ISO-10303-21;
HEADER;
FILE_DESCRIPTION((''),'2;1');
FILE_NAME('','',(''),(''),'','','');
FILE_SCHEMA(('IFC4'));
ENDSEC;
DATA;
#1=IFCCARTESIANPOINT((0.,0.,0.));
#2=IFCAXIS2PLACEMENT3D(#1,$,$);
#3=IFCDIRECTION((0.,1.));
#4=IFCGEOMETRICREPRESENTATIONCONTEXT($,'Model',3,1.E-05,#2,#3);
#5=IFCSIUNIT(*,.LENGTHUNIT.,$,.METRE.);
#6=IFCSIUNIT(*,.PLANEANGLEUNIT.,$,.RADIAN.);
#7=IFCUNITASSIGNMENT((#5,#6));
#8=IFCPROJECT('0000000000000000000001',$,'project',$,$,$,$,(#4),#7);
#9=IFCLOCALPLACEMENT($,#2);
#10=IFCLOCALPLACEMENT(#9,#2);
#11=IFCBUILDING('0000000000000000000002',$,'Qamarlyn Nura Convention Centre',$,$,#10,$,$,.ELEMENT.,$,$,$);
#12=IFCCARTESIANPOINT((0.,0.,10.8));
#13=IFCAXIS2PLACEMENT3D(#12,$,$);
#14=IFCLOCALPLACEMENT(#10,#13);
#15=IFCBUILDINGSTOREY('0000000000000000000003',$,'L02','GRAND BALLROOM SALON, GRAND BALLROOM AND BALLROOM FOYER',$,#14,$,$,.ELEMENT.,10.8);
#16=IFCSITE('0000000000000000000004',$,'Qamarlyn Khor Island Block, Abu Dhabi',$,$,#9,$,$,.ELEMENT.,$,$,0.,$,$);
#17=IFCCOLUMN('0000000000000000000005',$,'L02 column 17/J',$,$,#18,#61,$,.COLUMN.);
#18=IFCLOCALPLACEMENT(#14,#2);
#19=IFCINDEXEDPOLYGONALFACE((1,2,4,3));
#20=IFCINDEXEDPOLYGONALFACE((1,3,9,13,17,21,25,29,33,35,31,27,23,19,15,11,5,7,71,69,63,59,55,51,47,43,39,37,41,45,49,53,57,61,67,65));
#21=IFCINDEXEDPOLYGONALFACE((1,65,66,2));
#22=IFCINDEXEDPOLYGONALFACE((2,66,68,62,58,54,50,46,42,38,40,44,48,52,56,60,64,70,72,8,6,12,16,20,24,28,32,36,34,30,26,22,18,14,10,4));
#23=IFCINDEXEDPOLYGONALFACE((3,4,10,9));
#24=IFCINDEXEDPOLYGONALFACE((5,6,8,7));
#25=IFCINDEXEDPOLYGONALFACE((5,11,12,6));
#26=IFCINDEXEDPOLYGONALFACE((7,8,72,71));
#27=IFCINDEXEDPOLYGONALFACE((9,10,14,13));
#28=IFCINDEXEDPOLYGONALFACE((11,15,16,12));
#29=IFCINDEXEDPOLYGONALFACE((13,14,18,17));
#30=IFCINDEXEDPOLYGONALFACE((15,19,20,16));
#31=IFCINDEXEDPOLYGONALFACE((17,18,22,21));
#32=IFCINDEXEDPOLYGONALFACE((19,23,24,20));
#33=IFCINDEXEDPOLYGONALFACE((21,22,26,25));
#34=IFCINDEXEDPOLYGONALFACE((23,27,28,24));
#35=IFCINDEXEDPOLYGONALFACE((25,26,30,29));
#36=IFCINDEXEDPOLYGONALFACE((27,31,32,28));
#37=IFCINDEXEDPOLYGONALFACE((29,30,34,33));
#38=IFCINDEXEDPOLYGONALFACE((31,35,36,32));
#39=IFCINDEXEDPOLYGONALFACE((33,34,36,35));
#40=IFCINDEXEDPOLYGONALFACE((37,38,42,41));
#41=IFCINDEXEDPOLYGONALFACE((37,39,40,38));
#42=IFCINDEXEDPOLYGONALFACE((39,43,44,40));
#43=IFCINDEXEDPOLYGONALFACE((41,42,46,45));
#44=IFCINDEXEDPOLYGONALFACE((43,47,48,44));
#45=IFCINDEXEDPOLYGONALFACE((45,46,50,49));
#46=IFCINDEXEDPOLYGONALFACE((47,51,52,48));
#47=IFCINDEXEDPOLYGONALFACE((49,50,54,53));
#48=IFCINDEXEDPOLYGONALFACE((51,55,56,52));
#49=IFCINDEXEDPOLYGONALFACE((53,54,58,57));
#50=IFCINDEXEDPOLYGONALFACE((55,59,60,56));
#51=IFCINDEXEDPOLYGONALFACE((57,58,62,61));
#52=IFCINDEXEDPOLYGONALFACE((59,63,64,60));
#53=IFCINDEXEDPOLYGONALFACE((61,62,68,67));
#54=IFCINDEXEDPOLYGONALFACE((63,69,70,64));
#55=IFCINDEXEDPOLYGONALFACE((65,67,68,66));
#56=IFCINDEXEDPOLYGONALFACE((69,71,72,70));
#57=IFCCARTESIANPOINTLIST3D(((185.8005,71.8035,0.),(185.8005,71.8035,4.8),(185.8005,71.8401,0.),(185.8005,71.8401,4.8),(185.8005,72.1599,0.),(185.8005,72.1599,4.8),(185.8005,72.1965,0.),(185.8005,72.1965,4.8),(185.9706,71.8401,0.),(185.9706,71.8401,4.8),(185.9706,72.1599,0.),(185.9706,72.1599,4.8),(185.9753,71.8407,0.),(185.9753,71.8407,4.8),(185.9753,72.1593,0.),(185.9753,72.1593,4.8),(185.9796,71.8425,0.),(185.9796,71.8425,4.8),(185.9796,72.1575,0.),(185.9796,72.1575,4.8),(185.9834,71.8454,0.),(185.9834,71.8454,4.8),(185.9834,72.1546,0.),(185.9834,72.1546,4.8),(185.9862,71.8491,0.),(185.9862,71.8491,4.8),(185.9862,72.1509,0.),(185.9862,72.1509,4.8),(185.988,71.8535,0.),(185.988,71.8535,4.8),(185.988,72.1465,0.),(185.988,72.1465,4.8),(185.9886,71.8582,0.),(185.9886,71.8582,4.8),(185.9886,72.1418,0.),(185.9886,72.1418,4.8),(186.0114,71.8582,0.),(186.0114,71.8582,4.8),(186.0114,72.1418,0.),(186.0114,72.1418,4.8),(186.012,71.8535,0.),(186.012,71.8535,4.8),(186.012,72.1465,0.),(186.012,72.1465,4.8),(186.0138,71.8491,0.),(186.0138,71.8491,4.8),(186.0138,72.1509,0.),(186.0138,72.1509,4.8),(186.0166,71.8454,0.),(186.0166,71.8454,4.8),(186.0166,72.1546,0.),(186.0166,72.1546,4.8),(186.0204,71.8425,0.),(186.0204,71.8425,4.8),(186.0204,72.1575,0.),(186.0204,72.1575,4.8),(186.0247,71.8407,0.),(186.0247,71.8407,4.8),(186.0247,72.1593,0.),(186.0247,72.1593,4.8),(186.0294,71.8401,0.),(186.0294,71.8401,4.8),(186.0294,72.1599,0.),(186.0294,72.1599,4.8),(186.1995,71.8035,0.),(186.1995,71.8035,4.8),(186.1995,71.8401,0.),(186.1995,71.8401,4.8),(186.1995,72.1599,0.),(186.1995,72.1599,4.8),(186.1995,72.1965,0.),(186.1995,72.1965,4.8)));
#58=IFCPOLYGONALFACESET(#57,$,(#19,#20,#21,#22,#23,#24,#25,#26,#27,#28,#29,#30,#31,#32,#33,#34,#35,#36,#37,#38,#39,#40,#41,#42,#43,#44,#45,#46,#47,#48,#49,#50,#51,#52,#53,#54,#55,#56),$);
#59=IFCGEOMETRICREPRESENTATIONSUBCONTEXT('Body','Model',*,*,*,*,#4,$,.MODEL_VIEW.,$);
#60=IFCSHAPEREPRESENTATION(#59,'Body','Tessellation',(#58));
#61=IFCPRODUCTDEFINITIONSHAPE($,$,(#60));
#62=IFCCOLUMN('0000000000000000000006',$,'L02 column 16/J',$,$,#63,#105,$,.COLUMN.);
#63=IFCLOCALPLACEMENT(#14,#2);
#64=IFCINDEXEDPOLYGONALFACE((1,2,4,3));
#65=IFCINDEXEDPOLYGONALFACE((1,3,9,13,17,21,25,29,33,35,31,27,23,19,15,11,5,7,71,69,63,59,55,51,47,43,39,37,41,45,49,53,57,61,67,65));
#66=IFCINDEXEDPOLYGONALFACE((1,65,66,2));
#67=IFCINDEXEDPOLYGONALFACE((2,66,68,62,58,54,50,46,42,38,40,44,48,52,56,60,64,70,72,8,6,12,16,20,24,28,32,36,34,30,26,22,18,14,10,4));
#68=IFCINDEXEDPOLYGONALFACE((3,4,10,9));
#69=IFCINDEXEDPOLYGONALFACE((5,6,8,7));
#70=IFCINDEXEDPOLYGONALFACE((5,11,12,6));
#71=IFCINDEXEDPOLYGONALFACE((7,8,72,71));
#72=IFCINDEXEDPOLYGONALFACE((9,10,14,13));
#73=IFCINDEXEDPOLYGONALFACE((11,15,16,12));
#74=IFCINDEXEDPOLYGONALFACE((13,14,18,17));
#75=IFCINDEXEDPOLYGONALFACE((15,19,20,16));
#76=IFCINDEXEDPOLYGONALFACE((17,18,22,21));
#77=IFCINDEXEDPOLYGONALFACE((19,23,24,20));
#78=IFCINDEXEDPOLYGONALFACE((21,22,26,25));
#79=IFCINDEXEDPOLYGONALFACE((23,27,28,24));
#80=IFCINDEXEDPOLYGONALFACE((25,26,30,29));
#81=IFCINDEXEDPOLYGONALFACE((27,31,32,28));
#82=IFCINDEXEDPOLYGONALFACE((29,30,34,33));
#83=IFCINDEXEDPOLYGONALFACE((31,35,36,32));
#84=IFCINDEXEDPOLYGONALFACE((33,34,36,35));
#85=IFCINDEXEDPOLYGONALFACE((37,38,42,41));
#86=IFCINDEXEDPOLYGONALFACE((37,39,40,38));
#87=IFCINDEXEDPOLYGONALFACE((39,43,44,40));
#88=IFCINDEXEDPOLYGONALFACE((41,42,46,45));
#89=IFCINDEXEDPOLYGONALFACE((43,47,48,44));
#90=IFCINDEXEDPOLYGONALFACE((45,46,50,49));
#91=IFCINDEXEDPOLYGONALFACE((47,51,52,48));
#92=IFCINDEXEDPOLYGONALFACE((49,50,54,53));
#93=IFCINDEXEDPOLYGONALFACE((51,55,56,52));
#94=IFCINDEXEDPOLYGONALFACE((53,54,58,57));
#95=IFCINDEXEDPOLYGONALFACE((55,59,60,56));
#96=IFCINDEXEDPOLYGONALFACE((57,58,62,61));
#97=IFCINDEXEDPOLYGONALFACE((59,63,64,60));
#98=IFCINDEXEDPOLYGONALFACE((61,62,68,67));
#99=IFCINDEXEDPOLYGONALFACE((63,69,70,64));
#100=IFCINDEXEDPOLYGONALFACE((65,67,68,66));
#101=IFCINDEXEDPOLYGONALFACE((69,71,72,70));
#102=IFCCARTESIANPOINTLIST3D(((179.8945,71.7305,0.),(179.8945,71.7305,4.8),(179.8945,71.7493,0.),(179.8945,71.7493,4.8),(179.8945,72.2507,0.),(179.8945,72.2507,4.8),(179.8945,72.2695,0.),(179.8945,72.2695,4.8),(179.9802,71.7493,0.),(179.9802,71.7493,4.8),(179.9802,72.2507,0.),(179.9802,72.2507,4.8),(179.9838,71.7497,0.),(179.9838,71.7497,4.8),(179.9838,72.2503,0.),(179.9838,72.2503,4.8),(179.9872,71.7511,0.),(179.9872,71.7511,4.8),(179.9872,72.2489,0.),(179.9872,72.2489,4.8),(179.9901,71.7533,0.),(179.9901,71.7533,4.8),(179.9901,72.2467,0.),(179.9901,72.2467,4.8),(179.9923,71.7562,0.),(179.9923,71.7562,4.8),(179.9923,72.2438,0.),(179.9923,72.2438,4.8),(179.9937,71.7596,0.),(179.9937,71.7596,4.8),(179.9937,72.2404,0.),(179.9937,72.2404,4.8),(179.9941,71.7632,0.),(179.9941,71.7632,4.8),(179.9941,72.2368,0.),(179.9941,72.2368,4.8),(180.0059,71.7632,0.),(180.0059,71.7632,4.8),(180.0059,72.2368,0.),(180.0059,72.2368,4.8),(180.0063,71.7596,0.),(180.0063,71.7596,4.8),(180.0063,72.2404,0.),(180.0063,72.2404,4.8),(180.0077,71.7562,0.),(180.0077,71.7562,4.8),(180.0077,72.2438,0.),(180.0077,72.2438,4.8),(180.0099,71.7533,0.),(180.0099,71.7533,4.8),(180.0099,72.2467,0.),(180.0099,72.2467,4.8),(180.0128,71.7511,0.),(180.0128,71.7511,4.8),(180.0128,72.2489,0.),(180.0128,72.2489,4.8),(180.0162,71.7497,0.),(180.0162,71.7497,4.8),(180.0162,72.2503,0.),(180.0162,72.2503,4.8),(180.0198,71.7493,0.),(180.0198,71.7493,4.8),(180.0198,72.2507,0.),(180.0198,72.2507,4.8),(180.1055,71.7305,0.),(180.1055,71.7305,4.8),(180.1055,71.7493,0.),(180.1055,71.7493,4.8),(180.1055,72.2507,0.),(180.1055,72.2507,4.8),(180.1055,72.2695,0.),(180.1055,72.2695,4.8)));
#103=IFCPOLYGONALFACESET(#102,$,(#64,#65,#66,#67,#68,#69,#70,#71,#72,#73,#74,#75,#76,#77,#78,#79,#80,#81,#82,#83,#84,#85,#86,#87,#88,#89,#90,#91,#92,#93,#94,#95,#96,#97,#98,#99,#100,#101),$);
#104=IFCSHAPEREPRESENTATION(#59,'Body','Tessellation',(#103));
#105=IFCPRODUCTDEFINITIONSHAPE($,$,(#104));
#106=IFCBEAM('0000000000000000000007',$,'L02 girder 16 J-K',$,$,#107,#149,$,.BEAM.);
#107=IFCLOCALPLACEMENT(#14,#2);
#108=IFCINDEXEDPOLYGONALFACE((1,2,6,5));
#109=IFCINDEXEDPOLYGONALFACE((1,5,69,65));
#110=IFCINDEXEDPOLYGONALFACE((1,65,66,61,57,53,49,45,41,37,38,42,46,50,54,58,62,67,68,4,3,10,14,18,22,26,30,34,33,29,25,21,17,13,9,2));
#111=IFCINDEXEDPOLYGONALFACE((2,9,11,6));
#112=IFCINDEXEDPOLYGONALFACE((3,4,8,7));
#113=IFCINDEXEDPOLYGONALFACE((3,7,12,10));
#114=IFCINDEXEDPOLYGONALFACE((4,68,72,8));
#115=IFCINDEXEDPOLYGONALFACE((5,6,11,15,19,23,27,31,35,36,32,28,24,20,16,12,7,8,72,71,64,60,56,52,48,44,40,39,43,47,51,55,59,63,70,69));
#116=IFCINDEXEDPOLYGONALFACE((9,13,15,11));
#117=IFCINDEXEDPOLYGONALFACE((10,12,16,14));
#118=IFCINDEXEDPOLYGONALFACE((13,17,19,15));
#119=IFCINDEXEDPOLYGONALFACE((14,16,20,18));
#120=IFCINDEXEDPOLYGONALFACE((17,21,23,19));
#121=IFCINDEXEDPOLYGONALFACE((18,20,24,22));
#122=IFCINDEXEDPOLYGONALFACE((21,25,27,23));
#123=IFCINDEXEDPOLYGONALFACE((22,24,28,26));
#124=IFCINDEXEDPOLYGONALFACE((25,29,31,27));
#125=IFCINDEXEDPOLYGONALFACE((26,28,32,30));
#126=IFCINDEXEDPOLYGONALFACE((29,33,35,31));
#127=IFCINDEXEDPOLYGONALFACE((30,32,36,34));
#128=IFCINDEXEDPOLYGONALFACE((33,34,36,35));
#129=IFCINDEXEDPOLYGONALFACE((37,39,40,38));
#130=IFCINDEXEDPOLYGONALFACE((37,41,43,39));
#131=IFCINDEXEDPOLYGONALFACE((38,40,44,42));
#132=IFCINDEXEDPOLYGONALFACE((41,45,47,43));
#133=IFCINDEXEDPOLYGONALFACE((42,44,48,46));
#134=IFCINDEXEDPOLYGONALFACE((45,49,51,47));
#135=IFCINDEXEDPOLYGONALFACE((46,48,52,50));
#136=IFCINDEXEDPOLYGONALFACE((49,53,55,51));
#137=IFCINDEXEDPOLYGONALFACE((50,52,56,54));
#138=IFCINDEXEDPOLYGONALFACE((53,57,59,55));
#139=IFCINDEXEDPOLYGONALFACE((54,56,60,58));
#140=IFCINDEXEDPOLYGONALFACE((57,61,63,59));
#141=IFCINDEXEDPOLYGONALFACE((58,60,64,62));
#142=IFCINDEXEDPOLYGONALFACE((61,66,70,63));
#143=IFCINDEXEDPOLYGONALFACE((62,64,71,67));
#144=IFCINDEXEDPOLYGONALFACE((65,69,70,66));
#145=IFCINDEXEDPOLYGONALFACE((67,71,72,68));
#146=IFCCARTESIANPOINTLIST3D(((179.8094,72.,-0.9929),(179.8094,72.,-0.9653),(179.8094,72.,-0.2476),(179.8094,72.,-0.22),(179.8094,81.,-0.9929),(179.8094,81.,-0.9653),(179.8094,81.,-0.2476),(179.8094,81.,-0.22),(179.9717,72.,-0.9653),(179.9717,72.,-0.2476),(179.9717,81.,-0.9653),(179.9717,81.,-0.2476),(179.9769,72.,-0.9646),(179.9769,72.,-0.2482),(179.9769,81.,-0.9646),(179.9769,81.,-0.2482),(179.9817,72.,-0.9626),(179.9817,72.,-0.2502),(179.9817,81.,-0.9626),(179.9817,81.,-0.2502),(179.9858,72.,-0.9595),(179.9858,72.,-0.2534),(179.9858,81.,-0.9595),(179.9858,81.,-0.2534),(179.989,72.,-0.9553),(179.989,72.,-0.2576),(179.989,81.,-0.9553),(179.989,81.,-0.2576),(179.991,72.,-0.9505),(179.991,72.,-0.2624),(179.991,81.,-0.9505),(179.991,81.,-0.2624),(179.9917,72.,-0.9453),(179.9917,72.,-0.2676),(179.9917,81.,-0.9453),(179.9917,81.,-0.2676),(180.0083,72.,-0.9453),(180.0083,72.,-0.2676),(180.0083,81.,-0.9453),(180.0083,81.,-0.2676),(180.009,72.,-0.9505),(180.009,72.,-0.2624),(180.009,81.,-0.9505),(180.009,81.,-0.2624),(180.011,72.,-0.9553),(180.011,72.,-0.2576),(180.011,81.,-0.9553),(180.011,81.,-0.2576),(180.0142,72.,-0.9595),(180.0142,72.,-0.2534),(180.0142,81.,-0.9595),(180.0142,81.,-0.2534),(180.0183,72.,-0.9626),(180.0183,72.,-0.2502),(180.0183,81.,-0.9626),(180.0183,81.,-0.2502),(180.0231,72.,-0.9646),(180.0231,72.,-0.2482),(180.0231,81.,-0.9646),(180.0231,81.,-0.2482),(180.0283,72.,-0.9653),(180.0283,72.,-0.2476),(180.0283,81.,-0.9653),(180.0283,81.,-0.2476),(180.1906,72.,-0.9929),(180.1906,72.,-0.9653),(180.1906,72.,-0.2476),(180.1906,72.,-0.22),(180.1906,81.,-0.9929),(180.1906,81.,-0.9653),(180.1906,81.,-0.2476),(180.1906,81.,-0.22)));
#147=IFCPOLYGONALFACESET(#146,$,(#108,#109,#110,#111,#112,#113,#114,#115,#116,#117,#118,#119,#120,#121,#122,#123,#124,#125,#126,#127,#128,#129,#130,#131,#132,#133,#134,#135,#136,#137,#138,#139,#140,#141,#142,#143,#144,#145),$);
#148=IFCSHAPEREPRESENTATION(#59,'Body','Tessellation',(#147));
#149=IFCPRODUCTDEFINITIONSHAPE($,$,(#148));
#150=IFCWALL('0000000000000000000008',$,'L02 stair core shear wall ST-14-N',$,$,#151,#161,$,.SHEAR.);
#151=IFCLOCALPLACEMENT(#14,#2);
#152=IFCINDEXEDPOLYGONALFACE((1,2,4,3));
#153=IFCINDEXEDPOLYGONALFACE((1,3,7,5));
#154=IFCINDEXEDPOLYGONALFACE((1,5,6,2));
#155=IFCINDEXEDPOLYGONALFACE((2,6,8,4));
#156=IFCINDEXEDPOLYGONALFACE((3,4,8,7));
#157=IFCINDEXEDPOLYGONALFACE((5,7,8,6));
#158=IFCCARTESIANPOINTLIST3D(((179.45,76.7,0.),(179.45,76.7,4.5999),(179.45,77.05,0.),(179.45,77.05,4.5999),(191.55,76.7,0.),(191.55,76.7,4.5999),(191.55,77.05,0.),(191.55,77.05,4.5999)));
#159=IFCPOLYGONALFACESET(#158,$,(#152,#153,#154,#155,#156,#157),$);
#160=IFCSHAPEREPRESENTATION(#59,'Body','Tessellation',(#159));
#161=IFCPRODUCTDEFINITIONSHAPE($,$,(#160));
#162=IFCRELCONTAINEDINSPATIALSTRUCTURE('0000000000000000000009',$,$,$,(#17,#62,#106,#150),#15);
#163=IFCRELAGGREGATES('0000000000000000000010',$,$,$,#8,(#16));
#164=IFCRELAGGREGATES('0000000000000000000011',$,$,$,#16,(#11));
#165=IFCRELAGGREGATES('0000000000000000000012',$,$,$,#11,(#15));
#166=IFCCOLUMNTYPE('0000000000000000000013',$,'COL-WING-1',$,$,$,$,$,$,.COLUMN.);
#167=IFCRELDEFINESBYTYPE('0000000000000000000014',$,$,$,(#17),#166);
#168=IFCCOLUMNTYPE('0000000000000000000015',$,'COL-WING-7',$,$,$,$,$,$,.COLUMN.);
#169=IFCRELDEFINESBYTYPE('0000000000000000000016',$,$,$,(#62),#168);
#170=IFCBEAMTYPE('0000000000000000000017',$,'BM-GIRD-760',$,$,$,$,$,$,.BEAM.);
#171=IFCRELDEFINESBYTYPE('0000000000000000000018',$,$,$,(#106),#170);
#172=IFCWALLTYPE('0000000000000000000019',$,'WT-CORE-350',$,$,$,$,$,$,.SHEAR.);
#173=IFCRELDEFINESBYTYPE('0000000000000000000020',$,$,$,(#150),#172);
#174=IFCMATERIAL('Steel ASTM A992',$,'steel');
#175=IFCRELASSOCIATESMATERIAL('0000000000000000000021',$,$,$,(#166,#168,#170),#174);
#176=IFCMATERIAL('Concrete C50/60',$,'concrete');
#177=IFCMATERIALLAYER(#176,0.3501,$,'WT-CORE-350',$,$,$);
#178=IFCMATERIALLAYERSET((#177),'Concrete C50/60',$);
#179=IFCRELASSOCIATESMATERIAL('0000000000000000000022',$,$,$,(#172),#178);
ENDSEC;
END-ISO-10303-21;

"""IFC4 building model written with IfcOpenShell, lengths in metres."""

from ifc_helpers import new_model, si_unit, direction, frame, frame_2d, origin, origin_2d, place, context, subcontext, project, spatial, rectangle, i_section, extrude, material, layer, layer_set, material_profile, profile_set, type_object, element, save


model = new_model("IFC4")

# Units and contexts
model_context = context("Model", 3, precision=1e-05, world=origin(), true_north=direction((0.0, 1.0)))
body_context = subcontext(model_context, "Body", "Model", "MODEL_VIEW")
ifc_project = project(units=[si_unit("LENGTHUNIT", "METRE"), si_unit("PLANEANGLEUNIT", "RADIAN")], contexts=[model_context])

# Site, building, storey
site_placement = place(None, origin())
site = spatial("IfcSite", under=ifc_project, at=site_placement, Name="Qamarlyn Khor Island Block, Abu Dhabi", CompositionType="ELEMENT", RefElevation=0.0)
building_placement = place(site_placement, origin())
building = spatial("IfcBuilding", under=site, at=building_placement, Name="Qamarlyn Nura Convention Centre", CompositionType="ELEMENT")
storey_placement = place(building_placement, frame((0.0, 0.0, 10.8)))
storey = spatial("IfcBuildingStorey", under=building, at=storey_placement, Name="L02", Description="GRAND BALLROOM SALON, GRAND BALLROOM AND BALLROOM FOYER", CompositionType="ELEMENT", Elevation=10.8)

# Columns
ifc_material_1 = material(Name="Steel ASTM A992", Category="steel")
ifc_material_profile_1 = material_profile(ifc_material_1, i_section(OverallWidth=0.3989, OverallDepth=0.3931, WebThickness=0.0227, FlangeThickness=0.0366, FilletRadius=0.0181, at=origin_2d()), Name="W360X287")
ifc_profile_set_1 = profile_set([ifc_material_profile_1], Name="Steel ASTM A992")
column_type_1 = type_object("IfcColumnType", Name="COL-WING-1", PredefinedType="COLUMN", material=ifc_profile_set_1)
column_1_placement = place(storey_placement, frame((186.0, 72.0, 0.0), z_axis=(0.0, 0.0, 1.0), x_axis=(1.0, 0.0, 0.0)))
element("IfcColumn", 1, at=column_1_placement, inside=storey, type_object=column_type_1, Name="L02 column 17/J", PredefinedType="COLUMN", context=body_context, shape_type="SweptSolid", body=[
    extrude(i_section(OverallWidth=0.3989, OverallDepth=0.3931, WebThickness=0.0227, FlangeThickness=0.0366, FilletRadius=0.0181, at=origin_2d()), origin(), (0.0, 0.0, 1.0), 4.8),
])
ifc_material_profile_2 = material_profile(ifc_material_1, i_section(OverallWidth=0.2109, OverallDepth=0.5391, WebThickness=0.0117, FlangeThickness=0.0188, FilletRadius=0.0139, at=origin_2d()), Name="W530X109")
ifc_profile_set_2 = profile_set([ifc_material_profile_2], Name="Steel ASTM A992")
column_type_2 = type_object("IfcColumnType", Name="COL-WING-7", PredefinedType="COLUMN", material=ifc_profile_set_2)
column_2_placement = place(storey_placement, frame((180.0, 72.0, 0.0), z_axis=(0.0, 0.0, 1.0), x_axis=(1.0, 0.0, 0.0)))
element("IfcColumn", 2, at=column_2_placement, inside=storey, type_object=column_type_2, Name="L02 column 16/J", PredefinedType="COLUMN", context=body_context, shape_type="SweptSolid", body=[
    extrude(i_section(OverallWidth=0.2109, OverallDepth=0.5391, WebThickness=0.0117, FlangeThickness=0.0188, FilletRadius=0.0139, at=origin_2d()), origin(), (0.0, 0.0, 1.0), 4.8),
])

# Beam
ifc_material_profile_3 = material_profile(ifc_material_1, i_section(OverallWidth=0.3811, OverallDepth=0.7729, WebThickness=0.0166, FlangeThickness=0.0276, FilletRadius=0.02, at=origin_2d()), Name="W760X257")
ifc_profile_set_3 = profile_set([ifc_material_profile_3], Name="Steel ASTM A992")
beam_type = type_object("IfcBeamType", Name="BM-GIRD-760", PredefinedType="BEAM", material=ifc_profile_set_3)
beam_placement = place(storey_placement, frame((180.0, 72.0, -0.6064), z_axis=(0.0, 1.0, 0.0), x_axis=(-1.0, 0.0, 0.0)))
element("IfcBeam", 3, at=beam_placement, inside=storey, type_object=beam_type, Name="L02 girder 16 J-K", PredefinedType="BEAM", context=body_context, shape_type="SweptSolid", body=[
    extrude(i_section(OverallWidth=0.3811, OverallDepth=0.7729, WebThickness=0.0166, FlangeThickness=0.0276, FilletRadius=0.02, at=origin_2d()), origin(), (0.0, 0.0, 1.0), 9.0),
])

# Wall
ifc_material_2 = material(Name="Concrete C50/60", Category="concrete")
ifc_layer_1 = layer(ifc_material_2, 0.3501, Name="WT-CORE-350")
ifc_layer_set_1 = layer_set([ifc_layer_1], Name="Concrete C50/60")
wall_type_1 = type_object("IfcWallType", Name="WT-CORE-350", PredefinedType="SHEAR", material=ifc_layer_set_1)
wall_1_placement = place(storey_placement, frame((191.55, 76.875, 0.0), z_axis=(0.0, 0.0, 1.0), x_axis=(-1.0, 0.0, 0.0)))
element("IfcWall", 4, at=wall_1_placement, inside=storey, type_object=wall_type_1, Name="L02 stair core shear wall ST-14-N", PredefinedType="SHEAR", context=body_context, shape_type="SweptSolid", body=[
    extrude(rectangle(XDim=12.1001, YDim=0.3501, at=frame_2d((6.05, 0.0))), origin(), (0.0, 0.0, 1.0), 4.5999),
])

save(model, "model.ifc")
